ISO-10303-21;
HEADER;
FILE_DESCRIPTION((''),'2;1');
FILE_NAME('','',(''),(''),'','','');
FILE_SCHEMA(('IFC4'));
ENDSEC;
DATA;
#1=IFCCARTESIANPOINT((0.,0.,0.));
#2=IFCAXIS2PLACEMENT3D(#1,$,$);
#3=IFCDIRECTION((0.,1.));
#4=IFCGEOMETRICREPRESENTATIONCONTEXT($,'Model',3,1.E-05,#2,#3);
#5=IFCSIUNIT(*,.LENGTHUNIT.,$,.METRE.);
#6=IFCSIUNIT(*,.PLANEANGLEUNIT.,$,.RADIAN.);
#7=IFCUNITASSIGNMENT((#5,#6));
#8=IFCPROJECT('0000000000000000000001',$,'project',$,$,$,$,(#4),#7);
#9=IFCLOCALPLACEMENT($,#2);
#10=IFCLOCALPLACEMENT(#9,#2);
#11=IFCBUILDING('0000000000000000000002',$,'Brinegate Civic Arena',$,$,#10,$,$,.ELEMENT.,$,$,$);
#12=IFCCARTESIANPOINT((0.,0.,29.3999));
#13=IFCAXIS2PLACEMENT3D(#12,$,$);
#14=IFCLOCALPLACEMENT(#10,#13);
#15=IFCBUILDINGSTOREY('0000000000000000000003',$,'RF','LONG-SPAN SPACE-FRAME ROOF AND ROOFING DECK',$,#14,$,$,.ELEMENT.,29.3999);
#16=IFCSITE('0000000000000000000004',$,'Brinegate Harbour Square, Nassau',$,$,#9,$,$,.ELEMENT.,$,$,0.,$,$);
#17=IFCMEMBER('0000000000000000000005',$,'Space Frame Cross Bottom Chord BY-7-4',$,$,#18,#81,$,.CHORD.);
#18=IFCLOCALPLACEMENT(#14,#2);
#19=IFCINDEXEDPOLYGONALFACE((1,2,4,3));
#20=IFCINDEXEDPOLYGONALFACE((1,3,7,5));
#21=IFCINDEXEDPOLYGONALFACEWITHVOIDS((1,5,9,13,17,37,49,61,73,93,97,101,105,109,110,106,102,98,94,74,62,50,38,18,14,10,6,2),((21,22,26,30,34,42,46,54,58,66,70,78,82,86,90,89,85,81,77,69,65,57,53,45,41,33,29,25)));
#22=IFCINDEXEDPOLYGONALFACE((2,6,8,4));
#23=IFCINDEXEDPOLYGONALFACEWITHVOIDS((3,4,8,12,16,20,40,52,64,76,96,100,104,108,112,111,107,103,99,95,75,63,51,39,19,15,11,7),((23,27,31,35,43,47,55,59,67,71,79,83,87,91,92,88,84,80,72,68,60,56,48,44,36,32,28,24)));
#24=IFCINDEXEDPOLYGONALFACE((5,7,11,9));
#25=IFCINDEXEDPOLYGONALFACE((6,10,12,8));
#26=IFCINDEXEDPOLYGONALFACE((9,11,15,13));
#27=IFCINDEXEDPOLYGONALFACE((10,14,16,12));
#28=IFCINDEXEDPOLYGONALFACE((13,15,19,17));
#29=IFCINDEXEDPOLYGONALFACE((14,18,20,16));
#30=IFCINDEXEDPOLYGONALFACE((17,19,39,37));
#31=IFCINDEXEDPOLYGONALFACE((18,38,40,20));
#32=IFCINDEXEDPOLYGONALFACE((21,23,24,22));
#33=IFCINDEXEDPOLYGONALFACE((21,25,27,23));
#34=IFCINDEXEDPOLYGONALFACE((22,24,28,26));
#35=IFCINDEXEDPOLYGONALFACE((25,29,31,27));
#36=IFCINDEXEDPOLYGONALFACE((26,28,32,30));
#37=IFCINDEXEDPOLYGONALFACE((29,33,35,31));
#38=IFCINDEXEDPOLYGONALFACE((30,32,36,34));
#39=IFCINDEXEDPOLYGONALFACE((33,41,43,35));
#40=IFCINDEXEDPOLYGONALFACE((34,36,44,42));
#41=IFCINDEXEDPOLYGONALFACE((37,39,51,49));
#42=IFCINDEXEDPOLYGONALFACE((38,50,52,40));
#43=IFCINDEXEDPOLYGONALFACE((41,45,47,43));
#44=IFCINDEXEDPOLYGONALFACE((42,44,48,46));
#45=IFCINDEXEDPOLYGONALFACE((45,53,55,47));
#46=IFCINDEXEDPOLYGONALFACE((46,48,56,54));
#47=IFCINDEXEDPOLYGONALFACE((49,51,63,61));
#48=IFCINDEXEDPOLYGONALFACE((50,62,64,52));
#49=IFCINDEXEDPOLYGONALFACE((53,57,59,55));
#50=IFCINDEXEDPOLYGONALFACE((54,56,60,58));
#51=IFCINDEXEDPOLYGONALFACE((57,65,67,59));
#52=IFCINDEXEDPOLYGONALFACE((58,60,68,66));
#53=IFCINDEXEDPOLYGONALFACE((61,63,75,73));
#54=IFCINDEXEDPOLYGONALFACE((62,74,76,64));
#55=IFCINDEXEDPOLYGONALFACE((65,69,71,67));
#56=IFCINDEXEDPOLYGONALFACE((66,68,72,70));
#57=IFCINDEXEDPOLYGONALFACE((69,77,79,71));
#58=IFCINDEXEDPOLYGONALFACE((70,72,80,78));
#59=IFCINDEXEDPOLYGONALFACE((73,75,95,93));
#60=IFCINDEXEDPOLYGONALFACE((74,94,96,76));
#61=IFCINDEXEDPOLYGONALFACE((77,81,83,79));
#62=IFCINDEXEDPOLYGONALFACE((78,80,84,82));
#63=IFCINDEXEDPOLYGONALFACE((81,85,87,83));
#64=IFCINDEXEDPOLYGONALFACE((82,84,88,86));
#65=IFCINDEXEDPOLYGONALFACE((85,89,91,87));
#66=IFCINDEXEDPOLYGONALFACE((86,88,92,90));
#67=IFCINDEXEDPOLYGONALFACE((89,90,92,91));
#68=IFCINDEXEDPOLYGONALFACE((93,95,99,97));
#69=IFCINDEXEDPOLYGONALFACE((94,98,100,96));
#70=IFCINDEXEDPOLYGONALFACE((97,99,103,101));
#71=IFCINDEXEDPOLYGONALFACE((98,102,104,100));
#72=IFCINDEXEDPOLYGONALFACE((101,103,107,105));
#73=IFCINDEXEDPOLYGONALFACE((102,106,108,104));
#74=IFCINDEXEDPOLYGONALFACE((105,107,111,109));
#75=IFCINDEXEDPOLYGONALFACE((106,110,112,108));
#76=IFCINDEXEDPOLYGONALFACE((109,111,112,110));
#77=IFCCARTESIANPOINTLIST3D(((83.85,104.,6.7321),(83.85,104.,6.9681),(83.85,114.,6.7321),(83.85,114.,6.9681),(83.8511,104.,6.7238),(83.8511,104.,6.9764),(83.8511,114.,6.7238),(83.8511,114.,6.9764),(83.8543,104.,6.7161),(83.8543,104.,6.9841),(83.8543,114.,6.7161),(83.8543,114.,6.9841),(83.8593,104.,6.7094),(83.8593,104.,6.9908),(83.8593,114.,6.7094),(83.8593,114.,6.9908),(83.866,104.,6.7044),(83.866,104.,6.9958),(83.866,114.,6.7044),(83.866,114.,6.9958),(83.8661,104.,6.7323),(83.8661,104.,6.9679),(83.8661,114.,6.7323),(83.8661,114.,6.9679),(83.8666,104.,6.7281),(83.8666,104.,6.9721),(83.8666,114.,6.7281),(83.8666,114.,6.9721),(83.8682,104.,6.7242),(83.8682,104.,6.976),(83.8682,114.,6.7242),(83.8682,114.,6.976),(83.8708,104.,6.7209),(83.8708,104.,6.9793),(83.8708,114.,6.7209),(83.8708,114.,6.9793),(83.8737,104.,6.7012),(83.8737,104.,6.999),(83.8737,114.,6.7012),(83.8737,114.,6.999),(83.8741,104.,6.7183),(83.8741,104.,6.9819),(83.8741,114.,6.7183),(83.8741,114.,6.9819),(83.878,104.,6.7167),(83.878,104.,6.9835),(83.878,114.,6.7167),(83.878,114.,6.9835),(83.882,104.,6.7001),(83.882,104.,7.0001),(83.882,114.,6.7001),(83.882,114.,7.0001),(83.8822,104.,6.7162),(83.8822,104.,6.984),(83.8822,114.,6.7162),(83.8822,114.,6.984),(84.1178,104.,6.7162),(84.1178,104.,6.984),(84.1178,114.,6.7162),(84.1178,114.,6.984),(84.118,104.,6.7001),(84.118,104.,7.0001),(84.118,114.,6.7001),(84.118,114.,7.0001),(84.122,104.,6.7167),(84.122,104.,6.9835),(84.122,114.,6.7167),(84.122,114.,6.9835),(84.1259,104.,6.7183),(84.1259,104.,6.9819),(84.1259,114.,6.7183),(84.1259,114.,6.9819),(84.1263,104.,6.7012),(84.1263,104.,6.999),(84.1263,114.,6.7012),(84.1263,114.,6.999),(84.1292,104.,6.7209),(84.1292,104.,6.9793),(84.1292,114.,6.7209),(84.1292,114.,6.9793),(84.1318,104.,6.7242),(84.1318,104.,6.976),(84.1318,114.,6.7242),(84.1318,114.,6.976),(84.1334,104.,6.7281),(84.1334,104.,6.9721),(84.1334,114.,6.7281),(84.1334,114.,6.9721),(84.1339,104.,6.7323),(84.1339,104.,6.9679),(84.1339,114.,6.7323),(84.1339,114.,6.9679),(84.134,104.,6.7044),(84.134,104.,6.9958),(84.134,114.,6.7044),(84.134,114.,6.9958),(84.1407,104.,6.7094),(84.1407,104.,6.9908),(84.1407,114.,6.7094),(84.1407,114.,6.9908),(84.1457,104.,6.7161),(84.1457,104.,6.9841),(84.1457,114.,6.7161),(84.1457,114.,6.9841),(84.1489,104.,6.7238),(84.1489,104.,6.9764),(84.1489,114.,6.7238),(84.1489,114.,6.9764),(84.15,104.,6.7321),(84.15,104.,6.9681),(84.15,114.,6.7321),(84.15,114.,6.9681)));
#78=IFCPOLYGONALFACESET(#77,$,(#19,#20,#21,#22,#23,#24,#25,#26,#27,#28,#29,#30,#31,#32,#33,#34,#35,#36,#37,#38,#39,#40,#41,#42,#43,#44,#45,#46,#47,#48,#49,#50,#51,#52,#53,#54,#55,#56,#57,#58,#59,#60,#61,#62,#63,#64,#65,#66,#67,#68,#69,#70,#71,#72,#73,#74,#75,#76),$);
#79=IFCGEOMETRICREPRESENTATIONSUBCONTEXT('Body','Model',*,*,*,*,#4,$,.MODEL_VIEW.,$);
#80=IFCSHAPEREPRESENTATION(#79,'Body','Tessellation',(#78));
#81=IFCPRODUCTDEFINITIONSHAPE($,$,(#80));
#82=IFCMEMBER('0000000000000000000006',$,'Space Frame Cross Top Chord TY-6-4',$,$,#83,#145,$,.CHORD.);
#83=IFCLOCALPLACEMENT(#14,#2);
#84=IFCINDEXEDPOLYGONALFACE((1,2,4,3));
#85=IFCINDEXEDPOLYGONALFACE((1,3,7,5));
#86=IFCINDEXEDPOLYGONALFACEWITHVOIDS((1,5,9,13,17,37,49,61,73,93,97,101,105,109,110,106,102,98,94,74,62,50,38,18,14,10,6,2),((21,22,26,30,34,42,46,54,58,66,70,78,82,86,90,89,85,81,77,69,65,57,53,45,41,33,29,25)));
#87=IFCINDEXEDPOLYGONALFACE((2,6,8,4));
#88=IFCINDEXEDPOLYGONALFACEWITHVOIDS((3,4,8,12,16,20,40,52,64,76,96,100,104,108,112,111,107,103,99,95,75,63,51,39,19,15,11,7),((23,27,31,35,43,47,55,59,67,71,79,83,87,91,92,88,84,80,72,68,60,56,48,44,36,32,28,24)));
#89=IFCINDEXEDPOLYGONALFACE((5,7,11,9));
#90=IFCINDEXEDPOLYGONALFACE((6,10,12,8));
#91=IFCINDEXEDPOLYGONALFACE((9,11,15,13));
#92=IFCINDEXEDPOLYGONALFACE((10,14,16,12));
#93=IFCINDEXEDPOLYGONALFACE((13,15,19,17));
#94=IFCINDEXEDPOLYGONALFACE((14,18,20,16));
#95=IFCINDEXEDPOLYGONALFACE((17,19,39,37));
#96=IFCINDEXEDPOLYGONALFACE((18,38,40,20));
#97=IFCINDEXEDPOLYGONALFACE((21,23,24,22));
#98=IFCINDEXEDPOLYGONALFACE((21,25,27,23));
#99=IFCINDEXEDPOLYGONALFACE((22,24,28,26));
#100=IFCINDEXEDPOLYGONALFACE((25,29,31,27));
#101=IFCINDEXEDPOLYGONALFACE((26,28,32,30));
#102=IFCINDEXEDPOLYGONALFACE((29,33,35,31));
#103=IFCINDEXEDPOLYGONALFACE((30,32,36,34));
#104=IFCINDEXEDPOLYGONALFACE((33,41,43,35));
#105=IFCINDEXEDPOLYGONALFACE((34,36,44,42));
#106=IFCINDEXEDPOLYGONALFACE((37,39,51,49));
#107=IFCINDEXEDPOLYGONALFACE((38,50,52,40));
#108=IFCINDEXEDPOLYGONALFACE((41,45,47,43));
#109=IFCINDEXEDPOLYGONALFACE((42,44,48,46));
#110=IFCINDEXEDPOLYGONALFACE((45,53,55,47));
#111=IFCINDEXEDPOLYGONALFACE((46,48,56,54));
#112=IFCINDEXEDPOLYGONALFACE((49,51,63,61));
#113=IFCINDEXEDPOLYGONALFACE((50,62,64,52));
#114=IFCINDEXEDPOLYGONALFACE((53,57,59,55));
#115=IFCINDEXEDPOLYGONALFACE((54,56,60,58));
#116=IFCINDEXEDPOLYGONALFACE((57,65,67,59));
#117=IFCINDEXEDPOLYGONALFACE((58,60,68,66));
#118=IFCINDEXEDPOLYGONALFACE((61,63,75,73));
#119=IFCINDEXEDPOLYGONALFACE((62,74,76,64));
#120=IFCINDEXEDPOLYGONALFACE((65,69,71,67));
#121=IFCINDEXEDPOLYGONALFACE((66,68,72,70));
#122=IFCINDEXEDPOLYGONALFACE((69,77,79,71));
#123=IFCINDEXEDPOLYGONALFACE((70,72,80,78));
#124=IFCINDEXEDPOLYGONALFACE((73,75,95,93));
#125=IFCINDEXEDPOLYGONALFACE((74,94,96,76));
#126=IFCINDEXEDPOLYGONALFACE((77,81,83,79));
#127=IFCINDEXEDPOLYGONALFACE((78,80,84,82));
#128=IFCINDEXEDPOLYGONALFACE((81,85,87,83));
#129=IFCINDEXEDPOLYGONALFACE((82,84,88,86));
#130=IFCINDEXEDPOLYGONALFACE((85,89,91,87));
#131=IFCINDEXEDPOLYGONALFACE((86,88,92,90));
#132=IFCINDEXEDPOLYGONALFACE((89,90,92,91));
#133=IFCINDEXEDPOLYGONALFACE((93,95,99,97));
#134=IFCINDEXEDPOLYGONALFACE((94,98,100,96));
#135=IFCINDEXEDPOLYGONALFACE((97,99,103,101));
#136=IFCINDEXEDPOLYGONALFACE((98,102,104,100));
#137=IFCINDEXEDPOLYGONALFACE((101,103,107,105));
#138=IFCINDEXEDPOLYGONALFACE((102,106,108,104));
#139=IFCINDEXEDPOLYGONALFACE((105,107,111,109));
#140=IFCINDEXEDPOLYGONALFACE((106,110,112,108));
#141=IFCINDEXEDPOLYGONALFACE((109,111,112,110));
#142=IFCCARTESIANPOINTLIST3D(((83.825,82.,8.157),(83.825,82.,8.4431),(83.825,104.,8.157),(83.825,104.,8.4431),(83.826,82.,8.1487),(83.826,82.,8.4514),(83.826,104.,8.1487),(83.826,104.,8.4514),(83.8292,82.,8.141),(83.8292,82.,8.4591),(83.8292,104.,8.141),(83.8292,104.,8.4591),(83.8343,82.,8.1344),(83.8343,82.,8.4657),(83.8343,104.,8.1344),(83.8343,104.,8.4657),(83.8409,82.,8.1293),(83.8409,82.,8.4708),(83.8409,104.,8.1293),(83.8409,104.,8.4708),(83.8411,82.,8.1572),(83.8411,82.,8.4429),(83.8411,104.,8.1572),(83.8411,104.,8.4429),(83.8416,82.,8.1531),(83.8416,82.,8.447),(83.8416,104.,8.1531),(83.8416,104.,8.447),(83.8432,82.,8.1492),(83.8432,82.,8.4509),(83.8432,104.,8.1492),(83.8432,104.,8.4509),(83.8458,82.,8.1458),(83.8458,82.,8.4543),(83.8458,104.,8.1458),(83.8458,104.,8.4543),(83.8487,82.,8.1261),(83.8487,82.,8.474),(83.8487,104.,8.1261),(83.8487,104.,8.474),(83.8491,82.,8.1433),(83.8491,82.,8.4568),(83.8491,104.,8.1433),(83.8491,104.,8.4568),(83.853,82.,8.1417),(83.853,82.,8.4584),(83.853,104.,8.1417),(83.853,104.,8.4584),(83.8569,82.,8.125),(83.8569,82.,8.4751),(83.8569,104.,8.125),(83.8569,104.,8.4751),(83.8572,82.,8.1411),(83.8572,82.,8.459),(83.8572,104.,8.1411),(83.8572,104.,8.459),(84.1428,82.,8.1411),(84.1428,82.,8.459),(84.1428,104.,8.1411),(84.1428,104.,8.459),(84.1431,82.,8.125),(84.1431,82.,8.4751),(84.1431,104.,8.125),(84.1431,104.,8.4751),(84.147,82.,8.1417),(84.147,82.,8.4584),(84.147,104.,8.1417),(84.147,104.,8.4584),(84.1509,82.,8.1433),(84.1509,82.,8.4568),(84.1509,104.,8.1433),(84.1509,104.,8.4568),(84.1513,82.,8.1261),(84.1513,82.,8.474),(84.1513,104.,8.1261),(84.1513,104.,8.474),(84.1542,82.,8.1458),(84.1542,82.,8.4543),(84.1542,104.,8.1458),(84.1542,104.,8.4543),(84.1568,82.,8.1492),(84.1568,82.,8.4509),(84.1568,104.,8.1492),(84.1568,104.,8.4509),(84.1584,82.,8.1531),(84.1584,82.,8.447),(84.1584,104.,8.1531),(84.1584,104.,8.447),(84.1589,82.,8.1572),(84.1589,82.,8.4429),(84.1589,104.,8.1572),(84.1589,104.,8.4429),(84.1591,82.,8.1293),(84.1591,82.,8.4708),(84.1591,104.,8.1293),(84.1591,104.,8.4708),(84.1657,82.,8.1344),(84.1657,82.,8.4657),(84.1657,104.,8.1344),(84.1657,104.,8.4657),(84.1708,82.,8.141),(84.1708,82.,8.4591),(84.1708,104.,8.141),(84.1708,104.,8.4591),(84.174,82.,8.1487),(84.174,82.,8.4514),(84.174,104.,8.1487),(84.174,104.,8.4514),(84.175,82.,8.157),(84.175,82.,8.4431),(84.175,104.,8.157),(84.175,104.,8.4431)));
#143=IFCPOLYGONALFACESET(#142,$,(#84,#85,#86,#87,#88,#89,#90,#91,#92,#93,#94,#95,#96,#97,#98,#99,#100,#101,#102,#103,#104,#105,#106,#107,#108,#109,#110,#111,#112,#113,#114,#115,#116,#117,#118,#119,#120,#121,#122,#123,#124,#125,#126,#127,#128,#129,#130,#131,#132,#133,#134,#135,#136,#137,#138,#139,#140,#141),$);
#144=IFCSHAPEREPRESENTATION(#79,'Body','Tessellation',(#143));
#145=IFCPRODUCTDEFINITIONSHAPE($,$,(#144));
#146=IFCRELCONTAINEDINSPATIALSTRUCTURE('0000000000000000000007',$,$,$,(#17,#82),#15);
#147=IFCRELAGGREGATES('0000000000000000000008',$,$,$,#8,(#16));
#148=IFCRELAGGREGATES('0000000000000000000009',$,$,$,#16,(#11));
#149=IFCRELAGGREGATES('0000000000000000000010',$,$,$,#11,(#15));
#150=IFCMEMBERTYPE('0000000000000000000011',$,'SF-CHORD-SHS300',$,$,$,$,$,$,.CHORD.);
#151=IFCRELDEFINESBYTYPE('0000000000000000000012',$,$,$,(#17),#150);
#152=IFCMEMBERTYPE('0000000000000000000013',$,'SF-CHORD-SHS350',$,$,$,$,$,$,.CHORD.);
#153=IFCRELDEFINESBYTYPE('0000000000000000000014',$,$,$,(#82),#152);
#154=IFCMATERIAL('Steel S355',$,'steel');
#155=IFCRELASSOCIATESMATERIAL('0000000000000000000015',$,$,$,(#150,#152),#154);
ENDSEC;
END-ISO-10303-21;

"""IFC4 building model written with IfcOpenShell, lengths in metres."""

from ifc_helpers import new_model, si_unit, direction, frame, origin, origin_2d, place, context, subcontext, project, spatial, hollow_rectangle, extrude, material, material_profile, profile_set, type_object, element, save


model = new_model("IFC4")

# Units and contexts
model_context = context("Model", 3, precision=1e-05, world=origin(), true_north=direction((0.0, 1.0)))
body_context = subcontext(model_context, "Body", "Model", "MODEL_VIEW")
ifc_project = project(units=[si_unit("LENGTHUNIT", "METRE"), si_unit("PLANEANGLEUNIT", "RADIAN")], contexts=[model_context])

# Site, building, storey
site_placement = place(None, origin())
site = spatial("IfcSite", under=ifc_project, at=site_placement, Name="Brinegate Harbour Square, Nassau", CompositionType="ELEMENT", RefElevation=0.0)
building_placement = place(site_placement, origin())
building = spatial("IfcBuilding", under=site, at=building_placement, Name="Brinegate Civic Arena", CompositionType="ELEMENT")
storey_placement = place(building_placement, frame((0.0, 0.0, 29.3999)))
storey = spatial("IfcBuildingStorey", under=building, at=storey_placement, Name="RF", Description="LONG-SPAN SPACE-FRAME ROOF AND ROOFING DECK", CompositionType="ELEMENT", Elevation=29.3999)

# Members
ifc_material = material(Name="Steel S355", Category="steel")
ifc_material_profile_1 = material_profile(ifc_material, hollow_rectangle(XDim=0.3, YDim=0.3, WallThickness=0.0161, InnerFilletRadius=0.0161, OuterFilletRadius=0.032, at=origin_2d()), Name="SHS300X16")
ifc_profile_set_1 = profile_set([ifc_material_profile_1], Name="Steel S355")
member_type_1 = type_object("IfcMemberType", Name="SF-CHORD-SHS300", PredefinedType="CHORD", material=ifc_profile_set_1)
member_1_placement = place(storey_placement, frame((84.0, 104.0, 6.8501), z_axis=(0.0, 1.0, 0.0), x_axis=(-1.0, 0.0, 0.0)))
element("IfcMember", 1, at=member_1_placement, inside=storey, type_object=member_type_1, Name="Space Frame Cross Bottom Chord BY-7-4", PredefinedType="CHORD", context=body_context, shape_type="SweptSolid", body=[
    extrude(hollow_rectangle(XDim=0.3, YDim=0.3, WallThickness=0.0161, InnerFilletRadius=0.0161, OuterFilletRadius=0.032, at=origin_2d()), origin(), (0.0, 0.0, 1.0), 10.0),
])
ifc_material_profile_2 = material_profile(ifc_material, hollow_rectangle(XDim=0.3501, YDim=0.3501, WallThickness=0.0161, InnerFilletRadius=0.0161, OuterFilletRadius=0.032, at=origin_2d()), Name="SHS350X16")
ifc_profile_set_2 = profile_set([ifc_material_profile_2], Name="Steel S355")
member_type_2 = type_object("IfcMemberType", Name="SF-CHORD-SHS350", PredefinedType="CHORD", material=ifc_profile_set_2)
member_2_placement = place(storey_placement, frame((84.0, 82.0, 8.3), z_axis=(0.0, 1.0, 0.0), x_axis=(-1.0, 0.0, 0.0)))
element("IfcMember", 2, at=member_2_placement, inside=storey, type_object=member_type_2, Name="Space Frame Cross Top Chord TY-6-4", PredefinedType="CHORD", context=body_context, shape_type="SweptSolid", body=[
    extrude(hollow_rectangle(XDim=0.3501, YDim=0.3501, WallThickness=0.0161, InnerFilletRadius=0.0161, OuterFilletRadius=0.032, at=origin_2d()), origin(), (0.0, 0.0, 1.0), 22.0),
])

save(model, "model.ifc")
